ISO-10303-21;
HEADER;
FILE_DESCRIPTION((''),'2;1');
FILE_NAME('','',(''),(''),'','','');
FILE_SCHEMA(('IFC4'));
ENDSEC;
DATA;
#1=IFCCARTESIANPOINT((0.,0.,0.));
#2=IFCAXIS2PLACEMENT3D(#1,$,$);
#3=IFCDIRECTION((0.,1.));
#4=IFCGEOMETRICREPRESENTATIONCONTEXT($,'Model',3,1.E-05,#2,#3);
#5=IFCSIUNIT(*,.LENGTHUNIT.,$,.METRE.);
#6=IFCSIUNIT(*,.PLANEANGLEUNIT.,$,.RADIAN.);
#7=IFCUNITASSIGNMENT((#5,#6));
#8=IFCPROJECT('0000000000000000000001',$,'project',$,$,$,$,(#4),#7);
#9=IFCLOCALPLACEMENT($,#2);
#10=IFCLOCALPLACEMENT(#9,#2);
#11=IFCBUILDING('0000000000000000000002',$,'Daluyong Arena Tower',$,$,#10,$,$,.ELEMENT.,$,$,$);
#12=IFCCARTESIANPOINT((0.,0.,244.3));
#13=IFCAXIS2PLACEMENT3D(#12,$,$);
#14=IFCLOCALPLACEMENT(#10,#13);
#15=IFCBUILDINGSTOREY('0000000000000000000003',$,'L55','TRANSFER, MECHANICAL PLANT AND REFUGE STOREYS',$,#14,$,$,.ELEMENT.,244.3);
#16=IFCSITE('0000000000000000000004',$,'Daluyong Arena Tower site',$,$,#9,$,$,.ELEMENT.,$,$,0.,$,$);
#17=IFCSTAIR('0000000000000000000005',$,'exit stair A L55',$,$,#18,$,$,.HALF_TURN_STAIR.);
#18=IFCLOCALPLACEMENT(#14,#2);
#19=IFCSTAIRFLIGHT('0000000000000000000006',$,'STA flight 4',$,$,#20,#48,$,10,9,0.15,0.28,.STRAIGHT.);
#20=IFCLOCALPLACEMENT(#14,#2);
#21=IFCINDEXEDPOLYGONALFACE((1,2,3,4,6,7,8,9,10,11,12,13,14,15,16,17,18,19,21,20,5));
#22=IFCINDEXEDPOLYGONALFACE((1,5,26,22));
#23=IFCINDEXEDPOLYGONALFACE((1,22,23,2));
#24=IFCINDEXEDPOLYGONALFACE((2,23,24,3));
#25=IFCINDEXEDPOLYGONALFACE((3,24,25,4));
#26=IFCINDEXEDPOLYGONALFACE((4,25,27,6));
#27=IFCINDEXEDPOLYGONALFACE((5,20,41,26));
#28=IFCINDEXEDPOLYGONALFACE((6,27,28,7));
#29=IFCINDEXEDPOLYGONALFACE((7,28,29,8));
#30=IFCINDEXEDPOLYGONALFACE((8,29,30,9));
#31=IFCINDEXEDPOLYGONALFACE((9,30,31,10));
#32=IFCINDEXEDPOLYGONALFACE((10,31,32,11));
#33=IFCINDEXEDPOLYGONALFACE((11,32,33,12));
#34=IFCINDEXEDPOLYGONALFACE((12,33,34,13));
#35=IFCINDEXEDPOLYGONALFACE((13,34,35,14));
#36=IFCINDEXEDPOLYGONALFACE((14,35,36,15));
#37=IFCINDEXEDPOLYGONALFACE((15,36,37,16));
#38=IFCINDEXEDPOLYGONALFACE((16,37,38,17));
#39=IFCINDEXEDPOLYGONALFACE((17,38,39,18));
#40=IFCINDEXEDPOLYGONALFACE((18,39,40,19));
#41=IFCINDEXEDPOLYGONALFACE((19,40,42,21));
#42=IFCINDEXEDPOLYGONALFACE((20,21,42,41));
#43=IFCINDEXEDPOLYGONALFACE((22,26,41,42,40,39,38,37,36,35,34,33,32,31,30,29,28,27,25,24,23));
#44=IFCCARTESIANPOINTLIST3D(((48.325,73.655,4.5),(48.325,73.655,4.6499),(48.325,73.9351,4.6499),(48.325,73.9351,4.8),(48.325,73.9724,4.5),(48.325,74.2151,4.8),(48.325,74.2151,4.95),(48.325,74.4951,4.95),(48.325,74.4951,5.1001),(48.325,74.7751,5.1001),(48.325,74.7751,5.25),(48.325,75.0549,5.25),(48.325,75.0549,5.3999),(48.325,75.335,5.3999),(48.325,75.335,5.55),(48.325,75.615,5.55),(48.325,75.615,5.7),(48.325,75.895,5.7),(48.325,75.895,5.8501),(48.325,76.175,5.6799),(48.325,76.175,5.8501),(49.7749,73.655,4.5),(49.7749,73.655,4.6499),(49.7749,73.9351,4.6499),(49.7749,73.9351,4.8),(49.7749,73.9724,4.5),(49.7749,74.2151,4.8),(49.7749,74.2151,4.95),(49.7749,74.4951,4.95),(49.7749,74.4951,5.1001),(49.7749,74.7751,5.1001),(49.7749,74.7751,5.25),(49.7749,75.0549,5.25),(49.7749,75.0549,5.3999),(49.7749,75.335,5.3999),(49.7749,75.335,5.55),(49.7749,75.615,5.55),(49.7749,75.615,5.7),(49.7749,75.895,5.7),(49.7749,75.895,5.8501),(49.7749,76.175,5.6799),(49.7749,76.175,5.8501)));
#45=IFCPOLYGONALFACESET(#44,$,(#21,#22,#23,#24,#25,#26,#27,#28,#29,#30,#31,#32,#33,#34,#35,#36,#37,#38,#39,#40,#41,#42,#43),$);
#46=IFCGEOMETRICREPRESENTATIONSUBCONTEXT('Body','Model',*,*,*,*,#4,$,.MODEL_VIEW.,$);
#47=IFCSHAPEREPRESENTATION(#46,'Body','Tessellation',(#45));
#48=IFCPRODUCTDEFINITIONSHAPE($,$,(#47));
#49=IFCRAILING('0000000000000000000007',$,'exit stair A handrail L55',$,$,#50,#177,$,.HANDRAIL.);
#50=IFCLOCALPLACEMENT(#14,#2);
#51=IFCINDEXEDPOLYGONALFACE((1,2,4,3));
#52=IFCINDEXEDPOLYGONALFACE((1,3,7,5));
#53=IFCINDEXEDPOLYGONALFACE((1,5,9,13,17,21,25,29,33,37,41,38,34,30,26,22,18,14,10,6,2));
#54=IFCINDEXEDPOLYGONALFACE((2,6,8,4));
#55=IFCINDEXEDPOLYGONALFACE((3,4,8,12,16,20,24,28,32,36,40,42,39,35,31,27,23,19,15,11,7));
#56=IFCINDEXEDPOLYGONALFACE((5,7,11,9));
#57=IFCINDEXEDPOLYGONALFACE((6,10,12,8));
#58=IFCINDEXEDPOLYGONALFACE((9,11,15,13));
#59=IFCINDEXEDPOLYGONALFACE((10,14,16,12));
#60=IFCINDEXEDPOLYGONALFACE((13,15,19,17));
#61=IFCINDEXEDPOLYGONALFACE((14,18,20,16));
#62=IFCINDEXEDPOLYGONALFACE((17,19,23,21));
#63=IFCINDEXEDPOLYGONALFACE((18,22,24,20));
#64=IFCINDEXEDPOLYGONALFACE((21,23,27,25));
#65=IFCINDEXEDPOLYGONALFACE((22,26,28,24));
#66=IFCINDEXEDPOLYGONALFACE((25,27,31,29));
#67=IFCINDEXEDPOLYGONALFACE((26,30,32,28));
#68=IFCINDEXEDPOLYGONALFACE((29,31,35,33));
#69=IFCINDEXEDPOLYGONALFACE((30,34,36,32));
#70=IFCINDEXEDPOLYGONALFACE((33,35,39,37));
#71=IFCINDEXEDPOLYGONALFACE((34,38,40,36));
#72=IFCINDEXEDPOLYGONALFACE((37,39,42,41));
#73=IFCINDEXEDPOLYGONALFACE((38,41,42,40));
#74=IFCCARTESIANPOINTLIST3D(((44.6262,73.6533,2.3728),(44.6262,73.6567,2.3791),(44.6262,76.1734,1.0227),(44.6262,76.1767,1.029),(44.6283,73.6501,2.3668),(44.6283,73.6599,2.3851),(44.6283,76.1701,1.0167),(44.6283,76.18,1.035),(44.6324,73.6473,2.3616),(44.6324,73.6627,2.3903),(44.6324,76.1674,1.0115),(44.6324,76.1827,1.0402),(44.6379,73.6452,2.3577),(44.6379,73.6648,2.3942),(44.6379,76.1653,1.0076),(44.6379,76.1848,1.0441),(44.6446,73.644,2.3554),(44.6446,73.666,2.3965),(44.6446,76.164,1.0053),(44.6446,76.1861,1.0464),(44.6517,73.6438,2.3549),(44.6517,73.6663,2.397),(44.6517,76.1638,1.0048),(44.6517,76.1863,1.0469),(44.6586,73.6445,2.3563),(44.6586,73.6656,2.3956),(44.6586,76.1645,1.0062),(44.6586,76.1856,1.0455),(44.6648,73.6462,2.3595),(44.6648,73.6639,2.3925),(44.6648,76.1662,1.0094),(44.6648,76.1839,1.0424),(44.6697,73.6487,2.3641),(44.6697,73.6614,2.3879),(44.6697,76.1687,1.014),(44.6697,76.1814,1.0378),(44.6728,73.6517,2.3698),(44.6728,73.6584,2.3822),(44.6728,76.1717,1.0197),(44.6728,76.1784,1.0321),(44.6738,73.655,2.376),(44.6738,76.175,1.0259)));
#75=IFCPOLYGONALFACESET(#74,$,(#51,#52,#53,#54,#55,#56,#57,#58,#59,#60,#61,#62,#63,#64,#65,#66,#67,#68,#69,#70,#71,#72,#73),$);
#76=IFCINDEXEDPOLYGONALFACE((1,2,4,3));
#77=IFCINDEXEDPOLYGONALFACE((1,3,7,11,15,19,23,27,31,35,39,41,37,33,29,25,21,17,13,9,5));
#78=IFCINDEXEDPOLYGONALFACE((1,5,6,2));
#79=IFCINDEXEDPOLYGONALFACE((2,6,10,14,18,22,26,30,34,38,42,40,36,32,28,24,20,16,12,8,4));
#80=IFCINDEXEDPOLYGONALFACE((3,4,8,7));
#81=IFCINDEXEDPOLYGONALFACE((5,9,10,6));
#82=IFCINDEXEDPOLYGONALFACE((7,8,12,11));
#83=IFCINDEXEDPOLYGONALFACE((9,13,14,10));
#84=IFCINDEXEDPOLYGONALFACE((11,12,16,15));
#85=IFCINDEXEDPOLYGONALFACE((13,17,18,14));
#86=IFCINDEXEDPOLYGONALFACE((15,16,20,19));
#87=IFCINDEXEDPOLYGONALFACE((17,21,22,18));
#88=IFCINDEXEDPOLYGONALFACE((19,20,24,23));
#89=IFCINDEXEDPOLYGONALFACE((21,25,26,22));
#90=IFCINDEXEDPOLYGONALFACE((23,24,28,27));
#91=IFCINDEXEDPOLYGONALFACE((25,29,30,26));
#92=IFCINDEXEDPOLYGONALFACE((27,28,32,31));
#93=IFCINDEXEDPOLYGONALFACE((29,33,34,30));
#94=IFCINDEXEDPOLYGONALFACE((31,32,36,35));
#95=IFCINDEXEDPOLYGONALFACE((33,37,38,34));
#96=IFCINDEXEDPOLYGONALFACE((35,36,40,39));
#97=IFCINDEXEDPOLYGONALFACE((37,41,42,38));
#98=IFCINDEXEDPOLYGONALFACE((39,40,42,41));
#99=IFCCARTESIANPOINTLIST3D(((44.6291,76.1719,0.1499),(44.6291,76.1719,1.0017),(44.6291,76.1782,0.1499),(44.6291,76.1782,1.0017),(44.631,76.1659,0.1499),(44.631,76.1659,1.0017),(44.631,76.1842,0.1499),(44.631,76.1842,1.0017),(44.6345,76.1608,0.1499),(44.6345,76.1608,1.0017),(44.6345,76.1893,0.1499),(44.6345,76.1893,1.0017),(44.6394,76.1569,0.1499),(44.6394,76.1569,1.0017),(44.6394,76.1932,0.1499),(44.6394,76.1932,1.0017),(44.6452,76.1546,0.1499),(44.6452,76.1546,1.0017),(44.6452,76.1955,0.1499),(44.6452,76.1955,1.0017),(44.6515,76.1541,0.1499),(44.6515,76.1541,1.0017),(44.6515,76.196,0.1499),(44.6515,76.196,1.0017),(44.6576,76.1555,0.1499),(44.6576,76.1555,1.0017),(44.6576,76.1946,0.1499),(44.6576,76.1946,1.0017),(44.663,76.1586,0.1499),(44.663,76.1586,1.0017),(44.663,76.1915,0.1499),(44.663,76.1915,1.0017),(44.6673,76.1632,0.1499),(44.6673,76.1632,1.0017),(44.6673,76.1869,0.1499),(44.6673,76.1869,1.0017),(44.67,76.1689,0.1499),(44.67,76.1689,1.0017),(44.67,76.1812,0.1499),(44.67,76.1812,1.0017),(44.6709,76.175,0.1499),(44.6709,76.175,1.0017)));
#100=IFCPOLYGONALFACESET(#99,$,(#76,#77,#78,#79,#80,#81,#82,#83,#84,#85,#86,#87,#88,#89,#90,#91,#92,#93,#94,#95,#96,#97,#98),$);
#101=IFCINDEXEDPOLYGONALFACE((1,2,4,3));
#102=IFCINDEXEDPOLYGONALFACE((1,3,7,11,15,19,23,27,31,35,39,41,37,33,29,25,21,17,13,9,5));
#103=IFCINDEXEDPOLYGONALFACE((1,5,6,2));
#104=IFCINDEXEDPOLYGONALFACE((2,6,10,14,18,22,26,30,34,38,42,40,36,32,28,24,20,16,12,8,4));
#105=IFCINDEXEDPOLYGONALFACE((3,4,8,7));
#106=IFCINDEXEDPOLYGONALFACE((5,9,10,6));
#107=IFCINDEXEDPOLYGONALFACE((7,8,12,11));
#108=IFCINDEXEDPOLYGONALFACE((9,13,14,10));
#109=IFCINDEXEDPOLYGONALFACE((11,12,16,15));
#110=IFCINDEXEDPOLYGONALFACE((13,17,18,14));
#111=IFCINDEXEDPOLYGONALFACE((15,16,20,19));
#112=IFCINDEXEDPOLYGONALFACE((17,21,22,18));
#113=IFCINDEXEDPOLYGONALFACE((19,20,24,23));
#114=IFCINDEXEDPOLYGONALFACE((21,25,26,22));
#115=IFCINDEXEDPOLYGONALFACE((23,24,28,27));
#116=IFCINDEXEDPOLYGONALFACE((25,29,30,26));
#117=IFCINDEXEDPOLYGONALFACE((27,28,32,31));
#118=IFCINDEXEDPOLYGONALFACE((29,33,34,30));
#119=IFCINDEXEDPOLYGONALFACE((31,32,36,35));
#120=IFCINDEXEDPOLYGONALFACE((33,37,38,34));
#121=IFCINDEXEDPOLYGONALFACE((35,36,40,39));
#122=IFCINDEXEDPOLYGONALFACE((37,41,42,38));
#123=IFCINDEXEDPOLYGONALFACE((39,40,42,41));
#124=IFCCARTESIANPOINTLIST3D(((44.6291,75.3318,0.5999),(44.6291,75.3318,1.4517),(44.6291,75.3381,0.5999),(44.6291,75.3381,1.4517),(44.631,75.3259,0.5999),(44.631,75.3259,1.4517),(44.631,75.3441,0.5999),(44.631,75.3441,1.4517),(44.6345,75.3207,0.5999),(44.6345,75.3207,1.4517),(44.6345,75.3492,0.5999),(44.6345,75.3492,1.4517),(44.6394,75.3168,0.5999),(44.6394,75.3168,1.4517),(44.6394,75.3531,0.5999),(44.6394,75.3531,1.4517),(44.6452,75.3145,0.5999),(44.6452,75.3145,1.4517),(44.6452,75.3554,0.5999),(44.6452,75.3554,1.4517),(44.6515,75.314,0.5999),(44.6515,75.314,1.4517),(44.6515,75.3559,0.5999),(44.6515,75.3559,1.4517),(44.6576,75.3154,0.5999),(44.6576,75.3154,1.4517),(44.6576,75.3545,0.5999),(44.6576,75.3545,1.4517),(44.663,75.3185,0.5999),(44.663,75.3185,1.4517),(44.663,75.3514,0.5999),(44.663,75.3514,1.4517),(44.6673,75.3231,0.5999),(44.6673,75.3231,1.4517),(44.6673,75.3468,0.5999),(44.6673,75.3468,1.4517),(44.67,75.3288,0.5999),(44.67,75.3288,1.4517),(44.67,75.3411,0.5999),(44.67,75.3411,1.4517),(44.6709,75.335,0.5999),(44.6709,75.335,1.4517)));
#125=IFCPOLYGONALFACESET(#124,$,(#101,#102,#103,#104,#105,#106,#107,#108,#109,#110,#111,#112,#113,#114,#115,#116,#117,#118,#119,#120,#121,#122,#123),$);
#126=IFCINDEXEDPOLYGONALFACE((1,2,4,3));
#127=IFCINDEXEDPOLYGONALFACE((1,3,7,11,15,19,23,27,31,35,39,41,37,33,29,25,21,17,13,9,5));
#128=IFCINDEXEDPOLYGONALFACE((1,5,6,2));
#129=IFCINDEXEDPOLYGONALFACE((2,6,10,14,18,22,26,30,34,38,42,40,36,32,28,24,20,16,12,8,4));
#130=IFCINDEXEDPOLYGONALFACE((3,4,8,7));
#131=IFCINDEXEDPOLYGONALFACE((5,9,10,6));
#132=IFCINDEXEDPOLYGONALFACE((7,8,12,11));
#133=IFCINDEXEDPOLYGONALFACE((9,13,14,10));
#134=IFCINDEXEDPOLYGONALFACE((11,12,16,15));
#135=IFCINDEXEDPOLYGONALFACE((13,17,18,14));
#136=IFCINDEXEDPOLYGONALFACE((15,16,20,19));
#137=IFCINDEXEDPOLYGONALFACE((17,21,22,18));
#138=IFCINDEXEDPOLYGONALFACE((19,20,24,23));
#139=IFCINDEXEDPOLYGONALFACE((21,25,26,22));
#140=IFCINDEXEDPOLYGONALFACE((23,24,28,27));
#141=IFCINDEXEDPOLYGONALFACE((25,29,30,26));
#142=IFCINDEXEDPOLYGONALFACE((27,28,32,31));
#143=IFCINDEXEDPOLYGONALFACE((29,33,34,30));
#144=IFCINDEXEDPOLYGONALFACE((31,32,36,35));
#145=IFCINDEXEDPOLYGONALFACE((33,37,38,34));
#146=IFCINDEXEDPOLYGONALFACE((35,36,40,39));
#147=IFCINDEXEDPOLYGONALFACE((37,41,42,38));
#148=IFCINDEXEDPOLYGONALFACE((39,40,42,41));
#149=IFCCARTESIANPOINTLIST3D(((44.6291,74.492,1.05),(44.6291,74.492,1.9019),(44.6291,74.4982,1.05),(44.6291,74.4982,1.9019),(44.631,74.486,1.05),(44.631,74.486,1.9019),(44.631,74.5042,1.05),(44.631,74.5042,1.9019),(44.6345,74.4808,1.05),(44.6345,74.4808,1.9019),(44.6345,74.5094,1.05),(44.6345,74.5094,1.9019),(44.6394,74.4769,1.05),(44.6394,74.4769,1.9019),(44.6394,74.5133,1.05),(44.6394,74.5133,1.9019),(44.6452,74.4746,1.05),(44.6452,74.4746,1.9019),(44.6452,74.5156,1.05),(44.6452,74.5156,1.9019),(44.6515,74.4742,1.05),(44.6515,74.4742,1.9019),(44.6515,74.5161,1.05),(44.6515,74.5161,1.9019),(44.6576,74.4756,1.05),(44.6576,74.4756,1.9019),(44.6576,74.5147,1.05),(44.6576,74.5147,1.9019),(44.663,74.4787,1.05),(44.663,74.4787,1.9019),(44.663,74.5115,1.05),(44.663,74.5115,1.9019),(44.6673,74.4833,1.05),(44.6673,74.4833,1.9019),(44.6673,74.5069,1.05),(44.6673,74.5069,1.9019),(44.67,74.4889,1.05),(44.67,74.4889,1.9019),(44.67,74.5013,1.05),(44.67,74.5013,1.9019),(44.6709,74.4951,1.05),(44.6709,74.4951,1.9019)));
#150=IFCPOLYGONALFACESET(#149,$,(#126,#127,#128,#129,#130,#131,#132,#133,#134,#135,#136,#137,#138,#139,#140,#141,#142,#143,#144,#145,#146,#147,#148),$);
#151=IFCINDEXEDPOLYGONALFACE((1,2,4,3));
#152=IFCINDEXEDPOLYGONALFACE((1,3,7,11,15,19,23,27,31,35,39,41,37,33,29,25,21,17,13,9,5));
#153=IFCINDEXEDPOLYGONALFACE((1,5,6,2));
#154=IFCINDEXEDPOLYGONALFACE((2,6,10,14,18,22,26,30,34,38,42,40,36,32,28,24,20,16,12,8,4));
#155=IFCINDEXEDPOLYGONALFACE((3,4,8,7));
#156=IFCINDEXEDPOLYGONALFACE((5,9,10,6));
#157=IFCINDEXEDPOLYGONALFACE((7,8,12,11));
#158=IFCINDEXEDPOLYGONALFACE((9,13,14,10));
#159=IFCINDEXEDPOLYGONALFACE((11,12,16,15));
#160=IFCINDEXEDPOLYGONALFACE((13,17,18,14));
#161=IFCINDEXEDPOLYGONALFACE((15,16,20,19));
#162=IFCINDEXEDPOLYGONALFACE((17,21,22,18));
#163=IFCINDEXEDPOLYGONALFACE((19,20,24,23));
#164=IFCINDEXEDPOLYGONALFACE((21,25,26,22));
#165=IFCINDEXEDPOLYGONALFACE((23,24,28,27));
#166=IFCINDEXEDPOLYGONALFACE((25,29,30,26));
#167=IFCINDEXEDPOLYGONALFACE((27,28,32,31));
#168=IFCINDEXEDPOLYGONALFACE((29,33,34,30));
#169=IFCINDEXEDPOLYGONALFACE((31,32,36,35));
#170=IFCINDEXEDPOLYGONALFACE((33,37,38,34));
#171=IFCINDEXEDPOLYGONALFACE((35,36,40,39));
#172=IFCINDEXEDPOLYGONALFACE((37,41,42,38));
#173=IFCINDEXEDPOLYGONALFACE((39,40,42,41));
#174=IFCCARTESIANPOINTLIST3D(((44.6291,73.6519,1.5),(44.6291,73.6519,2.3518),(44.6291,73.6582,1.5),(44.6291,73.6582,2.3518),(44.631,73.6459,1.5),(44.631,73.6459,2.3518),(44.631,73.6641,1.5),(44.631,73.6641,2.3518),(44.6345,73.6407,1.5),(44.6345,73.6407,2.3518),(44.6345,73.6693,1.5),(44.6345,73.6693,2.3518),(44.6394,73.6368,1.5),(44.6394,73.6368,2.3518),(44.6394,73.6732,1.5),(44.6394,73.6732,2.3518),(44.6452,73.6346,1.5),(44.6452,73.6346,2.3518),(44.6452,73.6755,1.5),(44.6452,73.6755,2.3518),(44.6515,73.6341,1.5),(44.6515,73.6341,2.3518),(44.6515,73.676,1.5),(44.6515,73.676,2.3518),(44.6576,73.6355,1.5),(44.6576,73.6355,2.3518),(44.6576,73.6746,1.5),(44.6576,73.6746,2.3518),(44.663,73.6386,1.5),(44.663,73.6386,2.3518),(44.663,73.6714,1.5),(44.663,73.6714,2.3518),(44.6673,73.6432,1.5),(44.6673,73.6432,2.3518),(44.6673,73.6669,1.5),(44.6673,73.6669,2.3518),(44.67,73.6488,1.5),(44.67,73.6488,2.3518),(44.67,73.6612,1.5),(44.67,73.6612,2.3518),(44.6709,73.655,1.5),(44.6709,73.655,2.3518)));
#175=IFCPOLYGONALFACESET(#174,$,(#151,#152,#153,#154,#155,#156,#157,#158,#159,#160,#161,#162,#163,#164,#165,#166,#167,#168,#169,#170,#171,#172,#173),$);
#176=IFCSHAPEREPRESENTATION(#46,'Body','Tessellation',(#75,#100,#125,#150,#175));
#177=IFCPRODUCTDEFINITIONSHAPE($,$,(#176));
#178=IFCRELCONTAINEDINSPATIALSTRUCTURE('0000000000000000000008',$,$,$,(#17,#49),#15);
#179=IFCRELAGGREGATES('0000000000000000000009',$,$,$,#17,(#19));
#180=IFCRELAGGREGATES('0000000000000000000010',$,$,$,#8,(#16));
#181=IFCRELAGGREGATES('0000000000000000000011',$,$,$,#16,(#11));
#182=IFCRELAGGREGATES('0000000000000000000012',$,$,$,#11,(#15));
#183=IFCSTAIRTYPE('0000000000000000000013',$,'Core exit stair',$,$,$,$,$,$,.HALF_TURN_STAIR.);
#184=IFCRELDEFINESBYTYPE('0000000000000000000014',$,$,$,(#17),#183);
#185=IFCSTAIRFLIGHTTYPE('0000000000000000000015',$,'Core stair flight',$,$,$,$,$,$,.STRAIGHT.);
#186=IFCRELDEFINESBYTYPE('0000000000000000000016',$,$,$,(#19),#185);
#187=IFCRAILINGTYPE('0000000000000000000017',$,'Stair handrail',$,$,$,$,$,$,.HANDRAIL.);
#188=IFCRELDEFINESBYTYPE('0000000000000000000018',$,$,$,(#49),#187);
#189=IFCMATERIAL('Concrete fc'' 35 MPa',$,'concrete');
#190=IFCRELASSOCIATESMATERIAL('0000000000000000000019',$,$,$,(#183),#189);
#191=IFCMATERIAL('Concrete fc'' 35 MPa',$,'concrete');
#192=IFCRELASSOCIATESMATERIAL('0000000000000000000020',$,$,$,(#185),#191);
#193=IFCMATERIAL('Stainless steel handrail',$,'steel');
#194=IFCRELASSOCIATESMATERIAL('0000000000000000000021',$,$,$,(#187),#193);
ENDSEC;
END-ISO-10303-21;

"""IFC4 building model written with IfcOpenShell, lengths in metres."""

from ifc_helpers import new_model, si_unit, direction, frame, origin, origin_2d, place, context, subcontext, project, spatial, polyline, circle, outline, extrude, material, type_object, element, aggregate, save


model = new_model("IFC4")

# Units and contexts
model_context = context("Model", 3, precision=1e-05, world=origin(), true_north=direction((0.0, 1.0)))
body_context = subcontext(model_context, "Body", "Model", "MODEL_VIEW")
ifc_project = project(units=[si_unit("LENGTHUNIT", "METRE"), si_unit("PLANEANGLEUNIT", "RADIAN")], contexts=[model_context])

# Site, building, storey
site_placement = place(None, origin())
site = spatial("IfcSite", under=ifc_project, at=site_placement, Name="Daluyong Arena Tower site", CompositionType="ELEMENT", RefElevation=0.0)
building_placement = place(site_placement, origin())
building = spatial("IfcBuilding", under=site, at=building_placement, Name="Daluyong Arena Tower", CompositionType="ELEMENT")
storey_placement = place(building_placement, frame((0.0, 0.0, 244.3)))
storey = spatial("IfcBuildingStorey", under=building, at=storey_placement, Name="L55", Description="TRANSFER, MECHANICAL PLANT AND REFUGE STOREYS", CompositionType="ELEMENT", Elevation=244.3)

# Stair, stair flight
ifc_material_1 = material(Name="Concrete fc' 35 MPa", Category="concrete")
stair_type = type_object("IfcStairType", Name="Core exit stair", PredefinedType="HALF_TURN_STAIR", material=ifc_material_1)
stair_placement = place(storey_placement, origin())
stair = element("IfcStair", 1, at=stair_placement, inside=storey, type_object=stair_type, Name="exit stair A L55", PredefinedType="HALF_TURN_STAIR")
ifc_material_2 = material(Name="Concrete fc' 35 MPa", Category="concrete")
stair_flight_type = type_object("IfcStairFlightType", Name="Core stair flight", PredefinedType="STRAIGHT", material=ifc_material_2)
stair_flight_1_placement = place(storey_placement, frame((49.05, 73.655, 4.5), z_axis=(0.0, 0.0, 1.0), x_axis=(0.0, 1.0, 0.0)))
stair_flight_1 = element("IfcStairFlight", 2, at=stair_flight_1_placement, type_object=stair_flight_type, Name="STA flight 4", NumberOfRisers=10, NumberOfTreads=9, PredefinedType="STRAIGHT", RiserHeight=0.15, TreadLength=0.28, context=body_context, shape_type="SweptSolid", body=[
    extrude(outline(polyline([(0.0, 0.0), (0.0, 0.1499), (0.28, 0.1499), (0.28, 0.3), (0.5601, 0.3), (0.5601, 0.45), (0.8401, 0.45), (0.8401, 0.6001), (1.1201, 0.6001), (1.1201, 0.75), (1.3999, 0.75), (1.3999, 0.8999), (1.6799, 0.8999), (1.6799, 1.05), (1.96, 1.05), (1.96, 1.2), (2.24, 1.2), (2.24, 1.3501), (2.52, 1.3501), (2.52, 1.5), (2.52, 1.1799), (0.3174, 0.0), (0.0, 0.0)])), frame((0.0, 0.7251, 0.0), z_axis=(0.0, -1.0, 0.0), x_axis=(1.0, 0.0, 0.0)), (0.0, 0.0, 1.0), 1.45),
])
aggregate(stair, [stair_flight_1])

# Railing
ifc_material_3 = material(Name="Stainless steel handrail", Category="steel")
railing_type_1 = type_object("IfcRailingType", Name="Stair handrail", PredefinedType="HANDRAIL", material=ifc_material_3)
railing_1_placement = place(storey_placement, frame((44.6499, 76.175, 0.1499)))
element("IfcRailing", 3, at=railing_1_placement, inside=storey, type_object=railing_type_1, Name="exit stair A handrail L55", PredefinedType="HANDRAIL", context=body_context, shape_type="SweptSolid", body=[
    extrude(circle(Radius=0.0239, at=origin_2d()), frame((0.0, 0.0, 0.876), z_axis=(0.0, -0.881467, 0.472245), x_axis=(1.0, 0.0, 0.0)), (0.0, 0.0, 1.0), 2.8589),
    extrude(circle(Radius=0.021, at=origin_2d()), origin(), (0.0, 0.0, 1.0), 0.8518),
    extrude(circle(Radius=0.021, at=origin_2d()), frame((0.0, -0.8401, 0.45)), (0.0, 0.0, 1.0), 0.8518),
    extrude(circle(Radius=0.021, at=origin_2d()), frame((0.0, -1.6799, 0.9001)), (0.0, 0.0, 1.0), 0.8518),
    extrude(circle(Radius=0.021, at=origin_2d()), frame((0.0, -2.52, 1.3501)), (0.0, 0.0, 1.0), 0.8518),
])

save(model, "model.ifc")
